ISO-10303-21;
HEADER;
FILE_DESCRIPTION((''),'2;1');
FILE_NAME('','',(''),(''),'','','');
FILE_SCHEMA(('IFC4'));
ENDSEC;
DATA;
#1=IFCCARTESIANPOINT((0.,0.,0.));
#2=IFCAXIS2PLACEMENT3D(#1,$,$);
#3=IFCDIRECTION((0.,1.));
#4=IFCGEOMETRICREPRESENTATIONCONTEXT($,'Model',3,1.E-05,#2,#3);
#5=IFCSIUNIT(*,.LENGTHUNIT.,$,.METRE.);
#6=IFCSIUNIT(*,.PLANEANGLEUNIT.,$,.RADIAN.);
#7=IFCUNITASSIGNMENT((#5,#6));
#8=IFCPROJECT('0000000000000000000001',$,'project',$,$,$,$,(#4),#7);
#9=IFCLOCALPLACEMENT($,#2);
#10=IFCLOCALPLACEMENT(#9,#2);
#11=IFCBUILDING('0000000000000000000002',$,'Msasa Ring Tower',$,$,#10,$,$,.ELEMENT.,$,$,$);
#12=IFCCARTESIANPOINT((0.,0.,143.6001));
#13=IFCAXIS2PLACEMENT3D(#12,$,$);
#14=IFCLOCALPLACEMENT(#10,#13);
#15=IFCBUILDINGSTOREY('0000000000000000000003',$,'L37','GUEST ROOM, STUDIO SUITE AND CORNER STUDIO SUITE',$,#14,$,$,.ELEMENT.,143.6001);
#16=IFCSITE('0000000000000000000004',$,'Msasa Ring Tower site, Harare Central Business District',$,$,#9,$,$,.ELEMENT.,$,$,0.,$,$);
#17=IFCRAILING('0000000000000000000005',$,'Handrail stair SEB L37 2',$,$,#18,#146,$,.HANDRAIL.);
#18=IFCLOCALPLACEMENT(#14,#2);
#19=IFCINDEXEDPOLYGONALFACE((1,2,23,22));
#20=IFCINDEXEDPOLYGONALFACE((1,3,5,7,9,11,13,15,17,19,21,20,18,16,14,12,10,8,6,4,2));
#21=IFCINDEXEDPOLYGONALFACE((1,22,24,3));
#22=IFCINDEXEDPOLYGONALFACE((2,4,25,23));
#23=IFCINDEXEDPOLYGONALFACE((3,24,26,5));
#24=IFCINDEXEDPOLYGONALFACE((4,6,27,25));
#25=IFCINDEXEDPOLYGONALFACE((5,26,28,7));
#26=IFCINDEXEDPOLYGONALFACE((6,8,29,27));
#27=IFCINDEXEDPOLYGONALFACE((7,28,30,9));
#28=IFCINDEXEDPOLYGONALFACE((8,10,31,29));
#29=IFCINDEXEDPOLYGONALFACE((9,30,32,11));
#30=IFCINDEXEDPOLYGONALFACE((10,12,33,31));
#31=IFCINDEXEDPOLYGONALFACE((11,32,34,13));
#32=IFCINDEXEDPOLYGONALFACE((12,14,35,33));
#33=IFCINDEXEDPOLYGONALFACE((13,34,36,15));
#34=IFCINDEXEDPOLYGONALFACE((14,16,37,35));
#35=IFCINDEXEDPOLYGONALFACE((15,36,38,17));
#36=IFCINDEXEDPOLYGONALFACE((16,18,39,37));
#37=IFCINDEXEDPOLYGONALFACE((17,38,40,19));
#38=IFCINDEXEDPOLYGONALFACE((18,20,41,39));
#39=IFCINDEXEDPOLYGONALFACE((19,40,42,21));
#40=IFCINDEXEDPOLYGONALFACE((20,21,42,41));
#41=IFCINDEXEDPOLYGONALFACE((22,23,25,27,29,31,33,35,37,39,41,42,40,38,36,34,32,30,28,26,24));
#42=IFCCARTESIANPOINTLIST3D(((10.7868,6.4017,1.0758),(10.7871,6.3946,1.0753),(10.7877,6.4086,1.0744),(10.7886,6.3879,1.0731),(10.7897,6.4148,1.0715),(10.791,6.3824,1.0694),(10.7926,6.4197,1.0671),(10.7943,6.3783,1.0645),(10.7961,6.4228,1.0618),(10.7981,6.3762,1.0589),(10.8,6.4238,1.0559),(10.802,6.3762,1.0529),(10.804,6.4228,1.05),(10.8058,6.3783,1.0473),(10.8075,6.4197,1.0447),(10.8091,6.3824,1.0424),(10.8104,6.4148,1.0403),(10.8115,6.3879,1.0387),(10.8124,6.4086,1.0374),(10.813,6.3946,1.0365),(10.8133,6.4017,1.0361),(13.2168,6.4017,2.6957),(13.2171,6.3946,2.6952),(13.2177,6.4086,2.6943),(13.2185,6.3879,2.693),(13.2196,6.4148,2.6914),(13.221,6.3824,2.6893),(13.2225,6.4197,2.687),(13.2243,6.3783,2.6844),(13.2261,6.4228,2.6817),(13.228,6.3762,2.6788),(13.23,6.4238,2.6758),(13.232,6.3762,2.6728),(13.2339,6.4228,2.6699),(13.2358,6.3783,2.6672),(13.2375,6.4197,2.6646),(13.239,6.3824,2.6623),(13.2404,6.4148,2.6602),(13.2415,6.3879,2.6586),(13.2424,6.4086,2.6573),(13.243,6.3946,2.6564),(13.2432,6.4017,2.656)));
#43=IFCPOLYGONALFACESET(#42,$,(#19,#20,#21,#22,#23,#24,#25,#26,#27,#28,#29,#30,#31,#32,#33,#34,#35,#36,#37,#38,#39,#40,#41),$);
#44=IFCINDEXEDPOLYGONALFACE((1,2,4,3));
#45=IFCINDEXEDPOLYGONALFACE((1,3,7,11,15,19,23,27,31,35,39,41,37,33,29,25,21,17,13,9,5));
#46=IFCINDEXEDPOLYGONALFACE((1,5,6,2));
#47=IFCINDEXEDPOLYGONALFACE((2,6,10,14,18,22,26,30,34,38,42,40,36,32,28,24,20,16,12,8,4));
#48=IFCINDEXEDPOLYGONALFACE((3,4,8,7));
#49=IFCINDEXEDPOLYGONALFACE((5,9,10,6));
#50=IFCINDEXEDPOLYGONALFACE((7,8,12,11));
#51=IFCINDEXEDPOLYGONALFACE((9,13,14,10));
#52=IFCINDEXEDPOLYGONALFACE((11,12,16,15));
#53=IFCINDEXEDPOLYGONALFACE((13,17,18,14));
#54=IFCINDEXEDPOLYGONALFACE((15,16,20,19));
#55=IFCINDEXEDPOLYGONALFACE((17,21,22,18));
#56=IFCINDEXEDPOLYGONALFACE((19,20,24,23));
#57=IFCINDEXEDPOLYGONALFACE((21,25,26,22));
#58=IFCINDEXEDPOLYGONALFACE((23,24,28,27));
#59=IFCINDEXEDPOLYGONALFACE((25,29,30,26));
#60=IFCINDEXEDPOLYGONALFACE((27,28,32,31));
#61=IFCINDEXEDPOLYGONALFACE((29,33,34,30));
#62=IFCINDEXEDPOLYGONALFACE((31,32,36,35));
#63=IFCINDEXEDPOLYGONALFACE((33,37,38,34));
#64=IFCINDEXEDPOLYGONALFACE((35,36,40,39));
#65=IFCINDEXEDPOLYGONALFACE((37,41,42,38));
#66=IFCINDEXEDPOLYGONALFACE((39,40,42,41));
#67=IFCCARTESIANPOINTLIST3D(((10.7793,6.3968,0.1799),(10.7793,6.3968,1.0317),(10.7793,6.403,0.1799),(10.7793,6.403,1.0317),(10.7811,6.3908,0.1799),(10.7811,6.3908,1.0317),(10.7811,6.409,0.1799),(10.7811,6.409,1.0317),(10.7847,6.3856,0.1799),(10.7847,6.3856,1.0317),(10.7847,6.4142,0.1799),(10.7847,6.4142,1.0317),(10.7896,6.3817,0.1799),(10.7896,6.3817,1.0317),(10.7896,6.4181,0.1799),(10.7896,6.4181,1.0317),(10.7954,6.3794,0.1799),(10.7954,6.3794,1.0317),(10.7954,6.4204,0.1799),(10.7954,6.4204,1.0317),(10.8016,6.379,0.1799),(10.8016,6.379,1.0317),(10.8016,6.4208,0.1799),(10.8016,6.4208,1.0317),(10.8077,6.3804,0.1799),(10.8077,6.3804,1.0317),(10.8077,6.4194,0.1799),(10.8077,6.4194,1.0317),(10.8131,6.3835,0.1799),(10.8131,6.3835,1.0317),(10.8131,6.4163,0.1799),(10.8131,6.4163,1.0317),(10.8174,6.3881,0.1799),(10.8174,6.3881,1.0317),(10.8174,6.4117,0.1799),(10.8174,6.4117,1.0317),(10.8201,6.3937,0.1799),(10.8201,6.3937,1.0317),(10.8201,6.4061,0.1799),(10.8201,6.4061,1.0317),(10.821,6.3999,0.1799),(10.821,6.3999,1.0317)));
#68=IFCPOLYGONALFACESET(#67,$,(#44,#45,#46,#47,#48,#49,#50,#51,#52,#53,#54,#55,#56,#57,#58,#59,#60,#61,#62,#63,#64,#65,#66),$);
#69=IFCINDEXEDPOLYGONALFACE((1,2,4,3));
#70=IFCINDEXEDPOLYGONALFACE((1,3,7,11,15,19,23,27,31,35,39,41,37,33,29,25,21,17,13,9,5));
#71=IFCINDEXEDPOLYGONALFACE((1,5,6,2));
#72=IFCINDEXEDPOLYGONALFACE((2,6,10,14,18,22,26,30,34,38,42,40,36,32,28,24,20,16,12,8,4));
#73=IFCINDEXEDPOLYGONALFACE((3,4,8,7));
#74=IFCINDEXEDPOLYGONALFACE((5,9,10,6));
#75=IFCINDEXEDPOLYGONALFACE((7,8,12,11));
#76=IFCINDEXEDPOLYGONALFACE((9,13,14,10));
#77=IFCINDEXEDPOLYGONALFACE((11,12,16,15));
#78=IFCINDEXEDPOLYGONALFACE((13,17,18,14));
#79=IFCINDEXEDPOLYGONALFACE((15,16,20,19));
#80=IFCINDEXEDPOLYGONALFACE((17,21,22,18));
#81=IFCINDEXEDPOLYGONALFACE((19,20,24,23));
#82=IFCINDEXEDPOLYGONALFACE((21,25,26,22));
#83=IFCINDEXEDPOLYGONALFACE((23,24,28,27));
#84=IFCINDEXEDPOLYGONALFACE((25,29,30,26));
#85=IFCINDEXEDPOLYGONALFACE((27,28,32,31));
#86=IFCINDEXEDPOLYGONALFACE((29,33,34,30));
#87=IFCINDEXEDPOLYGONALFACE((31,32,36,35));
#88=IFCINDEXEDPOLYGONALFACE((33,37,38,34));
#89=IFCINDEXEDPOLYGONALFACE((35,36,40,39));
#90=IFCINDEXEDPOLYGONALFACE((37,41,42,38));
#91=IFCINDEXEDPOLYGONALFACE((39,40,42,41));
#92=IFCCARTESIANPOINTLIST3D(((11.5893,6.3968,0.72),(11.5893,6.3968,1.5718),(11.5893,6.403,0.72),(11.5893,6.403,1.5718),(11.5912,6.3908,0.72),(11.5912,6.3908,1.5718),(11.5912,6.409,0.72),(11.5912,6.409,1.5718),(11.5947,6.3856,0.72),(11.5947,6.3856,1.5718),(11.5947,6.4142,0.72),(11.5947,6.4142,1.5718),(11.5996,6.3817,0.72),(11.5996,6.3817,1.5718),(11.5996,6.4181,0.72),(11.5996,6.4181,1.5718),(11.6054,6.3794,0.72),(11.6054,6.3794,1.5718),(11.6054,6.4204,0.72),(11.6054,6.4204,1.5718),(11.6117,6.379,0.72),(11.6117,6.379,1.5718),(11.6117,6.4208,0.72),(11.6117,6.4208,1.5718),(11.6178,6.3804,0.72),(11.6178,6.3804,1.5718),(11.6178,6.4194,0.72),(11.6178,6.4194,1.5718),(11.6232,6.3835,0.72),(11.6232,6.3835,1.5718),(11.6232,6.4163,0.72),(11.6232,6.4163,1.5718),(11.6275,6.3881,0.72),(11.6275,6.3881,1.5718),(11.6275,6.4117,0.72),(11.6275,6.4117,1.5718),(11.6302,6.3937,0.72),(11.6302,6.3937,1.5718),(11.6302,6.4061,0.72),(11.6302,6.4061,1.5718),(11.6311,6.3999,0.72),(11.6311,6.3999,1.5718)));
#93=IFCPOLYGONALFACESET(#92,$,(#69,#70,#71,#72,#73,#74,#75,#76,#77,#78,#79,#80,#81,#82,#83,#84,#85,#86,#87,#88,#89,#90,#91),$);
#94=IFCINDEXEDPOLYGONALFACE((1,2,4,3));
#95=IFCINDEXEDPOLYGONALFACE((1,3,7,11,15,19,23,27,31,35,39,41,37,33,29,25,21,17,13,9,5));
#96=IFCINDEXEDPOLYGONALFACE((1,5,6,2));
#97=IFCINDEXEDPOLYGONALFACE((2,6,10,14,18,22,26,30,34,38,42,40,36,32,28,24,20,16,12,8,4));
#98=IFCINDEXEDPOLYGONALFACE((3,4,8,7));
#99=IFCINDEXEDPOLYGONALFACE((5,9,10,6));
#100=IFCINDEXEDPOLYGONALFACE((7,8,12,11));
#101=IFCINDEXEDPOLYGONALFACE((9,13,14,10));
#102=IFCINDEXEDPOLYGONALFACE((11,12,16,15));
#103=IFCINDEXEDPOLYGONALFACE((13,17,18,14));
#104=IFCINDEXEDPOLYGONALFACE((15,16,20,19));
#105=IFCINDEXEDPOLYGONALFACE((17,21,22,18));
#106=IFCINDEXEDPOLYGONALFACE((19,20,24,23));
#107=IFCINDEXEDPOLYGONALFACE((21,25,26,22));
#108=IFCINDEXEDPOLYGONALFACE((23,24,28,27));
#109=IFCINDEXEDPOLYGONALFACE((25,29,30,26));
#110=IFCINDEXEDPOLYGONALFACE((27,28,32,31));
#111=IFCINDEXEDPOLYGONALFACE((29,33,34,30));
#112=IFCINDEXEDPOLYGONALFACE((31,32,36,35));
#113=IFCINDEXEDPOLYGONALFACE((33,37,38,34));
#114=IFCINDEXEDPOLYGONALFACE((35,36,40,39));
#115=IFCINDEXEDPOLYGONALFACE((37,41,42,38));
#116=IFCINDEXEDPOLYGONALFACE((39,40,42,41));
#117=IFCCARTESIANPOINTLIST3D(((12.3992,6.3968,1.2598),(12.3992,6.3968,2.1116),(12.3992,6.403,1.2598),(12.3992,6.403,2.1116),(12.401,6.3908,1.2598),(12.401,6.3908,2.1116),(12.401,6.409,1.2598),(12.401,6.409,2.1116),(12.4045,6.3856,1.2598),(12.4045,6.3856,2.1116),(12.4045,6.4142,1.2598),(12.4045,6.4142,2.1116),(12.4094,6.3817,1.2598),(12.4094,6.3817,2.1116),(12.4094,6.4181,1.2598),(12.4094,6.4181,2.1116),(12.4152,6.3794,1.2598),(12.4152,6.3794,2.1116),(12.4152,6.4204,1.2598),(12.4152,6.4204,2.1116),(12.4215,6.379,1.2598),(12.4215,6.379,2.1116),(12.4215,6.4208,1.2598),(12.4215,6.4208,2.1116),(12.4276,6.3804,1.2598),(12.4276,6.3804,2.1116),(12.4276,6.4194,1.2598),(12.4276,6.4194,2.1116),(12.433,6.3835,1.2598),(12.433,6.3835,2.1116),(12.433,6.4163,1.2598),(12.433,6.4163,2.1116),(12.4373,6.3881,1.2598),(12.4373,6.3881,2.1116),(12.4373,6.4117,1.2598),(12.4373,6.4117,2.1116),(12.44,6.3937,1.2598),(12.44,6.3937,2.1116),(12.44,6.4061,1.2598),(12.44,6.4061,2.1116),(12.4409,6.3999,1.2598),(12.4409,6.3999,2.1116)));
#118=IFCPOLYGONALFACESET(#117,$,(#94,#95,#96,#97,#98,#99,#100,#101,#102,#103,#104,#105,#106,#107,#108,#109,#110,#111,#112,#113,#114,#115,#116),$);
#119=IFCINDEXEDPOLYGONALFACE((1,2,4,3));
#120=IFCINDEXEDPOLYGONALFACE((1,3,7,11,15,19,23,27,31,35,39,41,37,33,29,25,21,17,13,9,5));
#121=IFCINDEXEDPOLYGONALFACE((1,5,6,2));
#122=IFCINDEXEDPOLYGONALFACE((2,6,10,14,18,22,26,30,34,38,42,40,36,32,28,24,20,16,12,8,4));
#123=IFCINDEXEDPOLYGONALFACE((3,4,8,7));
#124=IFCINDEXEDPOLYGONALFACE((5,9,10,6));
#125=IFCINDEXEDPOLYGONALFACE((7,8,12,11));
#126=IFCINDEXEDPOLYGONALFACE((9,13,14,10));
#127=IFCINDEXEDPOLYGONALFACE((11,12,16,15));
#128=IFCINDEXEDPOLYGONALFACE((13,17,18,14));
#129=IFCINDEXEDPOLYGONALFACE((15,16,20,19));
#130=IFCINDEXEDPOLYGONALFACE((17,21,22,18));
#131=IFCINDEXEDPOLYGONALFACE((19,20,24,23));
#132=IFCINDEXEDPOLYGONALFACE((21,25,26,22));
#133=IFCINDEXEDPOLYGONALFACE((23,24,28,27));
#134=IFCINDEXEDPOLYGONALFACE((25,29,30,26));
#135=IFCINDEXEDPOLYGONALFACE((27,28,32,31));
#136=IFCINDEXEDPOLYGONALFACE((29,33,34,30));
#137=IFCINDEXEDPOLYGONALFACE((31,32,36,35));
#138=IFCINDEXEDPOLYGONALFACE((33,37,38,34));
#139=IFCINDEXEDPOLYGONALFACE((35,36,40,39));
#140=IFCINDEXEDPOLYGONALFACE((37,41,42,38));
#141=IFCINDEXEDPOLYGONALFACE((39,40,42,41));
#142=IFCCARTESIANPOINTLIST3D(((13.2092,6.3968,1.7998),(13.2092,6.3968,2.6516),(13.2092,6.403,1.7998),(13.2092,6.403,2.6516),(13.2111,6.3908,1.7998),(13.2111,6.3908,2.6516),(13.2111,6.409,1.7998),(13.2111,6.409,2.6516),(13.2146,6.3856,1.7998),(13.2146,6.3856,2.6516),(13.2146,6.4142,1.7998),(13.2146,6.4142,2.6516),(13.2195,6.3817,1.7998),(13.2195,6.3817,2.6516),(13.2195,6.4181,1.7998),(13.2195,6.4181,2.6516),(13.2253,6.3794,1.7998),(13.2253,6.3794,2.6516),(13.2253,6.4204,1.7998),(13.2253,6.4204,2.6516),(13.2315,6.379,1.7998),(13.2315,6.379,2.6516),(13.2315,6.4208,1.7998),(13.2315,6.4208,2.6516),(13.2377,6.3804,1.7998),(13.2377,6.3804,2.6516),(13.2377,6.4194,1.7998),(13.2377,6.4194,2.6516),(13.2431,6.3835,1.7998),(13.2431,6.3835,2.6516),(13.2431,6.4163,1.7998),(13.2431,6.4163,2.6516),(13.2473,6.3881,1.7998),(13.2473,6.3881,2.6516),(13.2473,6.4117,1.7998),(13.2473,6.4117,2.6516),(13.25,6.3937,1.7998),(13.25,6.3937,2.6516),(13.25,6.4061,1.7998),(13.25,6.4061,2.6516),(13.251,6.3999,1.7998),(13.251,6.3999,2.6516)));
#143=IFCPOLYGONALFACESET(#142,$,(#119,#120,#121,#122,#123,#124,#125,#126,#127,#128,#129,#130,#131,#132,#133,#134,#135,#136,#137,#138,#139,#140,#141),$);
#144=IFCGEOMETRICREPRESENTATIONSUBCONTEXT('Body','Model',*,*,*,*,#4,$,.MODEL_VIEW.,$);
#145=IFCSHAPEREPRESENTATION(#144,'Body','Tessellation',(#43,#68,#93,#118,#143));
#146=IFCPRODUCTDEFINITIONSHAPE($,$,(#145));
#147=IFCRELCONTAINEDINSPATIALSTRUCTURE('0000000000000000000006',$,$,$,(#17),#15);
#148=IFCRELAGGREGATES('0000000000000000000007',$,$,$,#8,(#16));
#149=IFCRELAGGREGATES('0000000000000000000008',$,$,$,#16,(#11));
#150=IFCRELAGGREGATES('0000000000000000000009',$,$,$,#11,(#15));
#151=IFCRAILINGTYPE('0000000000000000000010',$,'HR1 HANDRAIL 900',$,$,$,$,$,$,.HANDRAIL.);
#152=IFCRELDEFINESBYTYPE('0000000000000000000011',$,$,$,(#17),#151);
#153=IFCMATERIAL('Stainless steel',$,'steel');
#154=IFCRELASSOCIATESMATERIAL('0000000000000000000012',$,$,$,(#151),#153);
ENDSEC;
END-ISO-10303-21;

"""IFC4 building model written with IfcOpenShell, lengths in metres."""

from ifc_helpers import new_model, si_unit, direction, frame, origin, origin_2d, place, context, subcontext, project, spatial, circle, extrude, material, type_object, element, save


model = new_model("IFC4")

# Units and contexts
model_context = context("Model", 3, precision=1e-05, world=origin(), true_north=direction((0.0, 1.0)))
body_context = subcontext(model_context, "Body", "Model", "MODEL_VIEW")
ifc_project = project(units=[si_unit("LENGTHUNIT", "METRE"), si_unit("PLANEANGLEUNIT", "RADIAN")], contexts=[model_context])

# Site, building, storey
site_placement = place(None, origin())
site = spatial("IfcSite", under=ifc_project, at=site_placement, Name="Msasa Ring Tower site, Harare Central Business District", CompositionType="ELEMENT", RefElevation=0.0)
building_placement = place(site_placement, origin())
building = spatial("IfcBuilding", under=site, at=building_placement, Name="Msasa Ring Tower", CompositionType="ELEMENT")
storey_placement = place(building_placement, frame((0.0, 0.0, 143.6001)))
storey = spatial("IfcBuildingStorey", under=building, at=storey_placement, Name="L37", Description="GUEST ROOM, STUDIO SUITE AND CORNER STUDIO SUITE", CompositionType="ELEMENT", Elevation=143.6001)

# Railing
ifc_material_1 = material(Name="Stainless steel", Category="steel")
railing_type = type_object("IfcRailingType", Name="HR1 HANDRAIL 900", PredefinedType="HANDRAIL", material=ifc_material_1)
for number, where, name in (
    (1, (10.8, 6.3999, 0.1799), "Handrail stair SEB L37 2"),
):
    element("IfcRailing", number, at=place(storey_placement, frame(where)), inside=storey, type_object=railing_type, Name=name, PredefinedType="HANDRAIL", context=body_context, shape_type="SweptSolid", body=[
        extrude(circle(Radius=0.0239, at=origin_2d()), frame((0.0, 0.0, 0.876), z_axis=(0.832063, 0.0, 0.554681), x_axis=(0.0, 1.0, 0.0)), (0.0, 0.0, 1.0), 2.9204),
        extrude(circle(Radius=0.021, at=origin_2d()), origin(), (0.0, 0.0, 1.0), 0.8518),
        extrude(circle(Radius=0.021, at=origin_2d()), frame((0.8101, 0.0, 0.54)), (0.0, 0.0, 1.0), 0.8518),
        extrude(circle(Radius=0.021, at=origin_2d()), frame((1.6199, 0.0, 1.0798)), (0.0, 0.0, 1.0), 0.8518),
        extrude(circle(Radius=0.021, at=origin_2d()), frame((2.4299, 0.0, 1.6199)), (0.0, 0.0, 1.0), 0.8518),
    ])

save(model, "model.ifc")
